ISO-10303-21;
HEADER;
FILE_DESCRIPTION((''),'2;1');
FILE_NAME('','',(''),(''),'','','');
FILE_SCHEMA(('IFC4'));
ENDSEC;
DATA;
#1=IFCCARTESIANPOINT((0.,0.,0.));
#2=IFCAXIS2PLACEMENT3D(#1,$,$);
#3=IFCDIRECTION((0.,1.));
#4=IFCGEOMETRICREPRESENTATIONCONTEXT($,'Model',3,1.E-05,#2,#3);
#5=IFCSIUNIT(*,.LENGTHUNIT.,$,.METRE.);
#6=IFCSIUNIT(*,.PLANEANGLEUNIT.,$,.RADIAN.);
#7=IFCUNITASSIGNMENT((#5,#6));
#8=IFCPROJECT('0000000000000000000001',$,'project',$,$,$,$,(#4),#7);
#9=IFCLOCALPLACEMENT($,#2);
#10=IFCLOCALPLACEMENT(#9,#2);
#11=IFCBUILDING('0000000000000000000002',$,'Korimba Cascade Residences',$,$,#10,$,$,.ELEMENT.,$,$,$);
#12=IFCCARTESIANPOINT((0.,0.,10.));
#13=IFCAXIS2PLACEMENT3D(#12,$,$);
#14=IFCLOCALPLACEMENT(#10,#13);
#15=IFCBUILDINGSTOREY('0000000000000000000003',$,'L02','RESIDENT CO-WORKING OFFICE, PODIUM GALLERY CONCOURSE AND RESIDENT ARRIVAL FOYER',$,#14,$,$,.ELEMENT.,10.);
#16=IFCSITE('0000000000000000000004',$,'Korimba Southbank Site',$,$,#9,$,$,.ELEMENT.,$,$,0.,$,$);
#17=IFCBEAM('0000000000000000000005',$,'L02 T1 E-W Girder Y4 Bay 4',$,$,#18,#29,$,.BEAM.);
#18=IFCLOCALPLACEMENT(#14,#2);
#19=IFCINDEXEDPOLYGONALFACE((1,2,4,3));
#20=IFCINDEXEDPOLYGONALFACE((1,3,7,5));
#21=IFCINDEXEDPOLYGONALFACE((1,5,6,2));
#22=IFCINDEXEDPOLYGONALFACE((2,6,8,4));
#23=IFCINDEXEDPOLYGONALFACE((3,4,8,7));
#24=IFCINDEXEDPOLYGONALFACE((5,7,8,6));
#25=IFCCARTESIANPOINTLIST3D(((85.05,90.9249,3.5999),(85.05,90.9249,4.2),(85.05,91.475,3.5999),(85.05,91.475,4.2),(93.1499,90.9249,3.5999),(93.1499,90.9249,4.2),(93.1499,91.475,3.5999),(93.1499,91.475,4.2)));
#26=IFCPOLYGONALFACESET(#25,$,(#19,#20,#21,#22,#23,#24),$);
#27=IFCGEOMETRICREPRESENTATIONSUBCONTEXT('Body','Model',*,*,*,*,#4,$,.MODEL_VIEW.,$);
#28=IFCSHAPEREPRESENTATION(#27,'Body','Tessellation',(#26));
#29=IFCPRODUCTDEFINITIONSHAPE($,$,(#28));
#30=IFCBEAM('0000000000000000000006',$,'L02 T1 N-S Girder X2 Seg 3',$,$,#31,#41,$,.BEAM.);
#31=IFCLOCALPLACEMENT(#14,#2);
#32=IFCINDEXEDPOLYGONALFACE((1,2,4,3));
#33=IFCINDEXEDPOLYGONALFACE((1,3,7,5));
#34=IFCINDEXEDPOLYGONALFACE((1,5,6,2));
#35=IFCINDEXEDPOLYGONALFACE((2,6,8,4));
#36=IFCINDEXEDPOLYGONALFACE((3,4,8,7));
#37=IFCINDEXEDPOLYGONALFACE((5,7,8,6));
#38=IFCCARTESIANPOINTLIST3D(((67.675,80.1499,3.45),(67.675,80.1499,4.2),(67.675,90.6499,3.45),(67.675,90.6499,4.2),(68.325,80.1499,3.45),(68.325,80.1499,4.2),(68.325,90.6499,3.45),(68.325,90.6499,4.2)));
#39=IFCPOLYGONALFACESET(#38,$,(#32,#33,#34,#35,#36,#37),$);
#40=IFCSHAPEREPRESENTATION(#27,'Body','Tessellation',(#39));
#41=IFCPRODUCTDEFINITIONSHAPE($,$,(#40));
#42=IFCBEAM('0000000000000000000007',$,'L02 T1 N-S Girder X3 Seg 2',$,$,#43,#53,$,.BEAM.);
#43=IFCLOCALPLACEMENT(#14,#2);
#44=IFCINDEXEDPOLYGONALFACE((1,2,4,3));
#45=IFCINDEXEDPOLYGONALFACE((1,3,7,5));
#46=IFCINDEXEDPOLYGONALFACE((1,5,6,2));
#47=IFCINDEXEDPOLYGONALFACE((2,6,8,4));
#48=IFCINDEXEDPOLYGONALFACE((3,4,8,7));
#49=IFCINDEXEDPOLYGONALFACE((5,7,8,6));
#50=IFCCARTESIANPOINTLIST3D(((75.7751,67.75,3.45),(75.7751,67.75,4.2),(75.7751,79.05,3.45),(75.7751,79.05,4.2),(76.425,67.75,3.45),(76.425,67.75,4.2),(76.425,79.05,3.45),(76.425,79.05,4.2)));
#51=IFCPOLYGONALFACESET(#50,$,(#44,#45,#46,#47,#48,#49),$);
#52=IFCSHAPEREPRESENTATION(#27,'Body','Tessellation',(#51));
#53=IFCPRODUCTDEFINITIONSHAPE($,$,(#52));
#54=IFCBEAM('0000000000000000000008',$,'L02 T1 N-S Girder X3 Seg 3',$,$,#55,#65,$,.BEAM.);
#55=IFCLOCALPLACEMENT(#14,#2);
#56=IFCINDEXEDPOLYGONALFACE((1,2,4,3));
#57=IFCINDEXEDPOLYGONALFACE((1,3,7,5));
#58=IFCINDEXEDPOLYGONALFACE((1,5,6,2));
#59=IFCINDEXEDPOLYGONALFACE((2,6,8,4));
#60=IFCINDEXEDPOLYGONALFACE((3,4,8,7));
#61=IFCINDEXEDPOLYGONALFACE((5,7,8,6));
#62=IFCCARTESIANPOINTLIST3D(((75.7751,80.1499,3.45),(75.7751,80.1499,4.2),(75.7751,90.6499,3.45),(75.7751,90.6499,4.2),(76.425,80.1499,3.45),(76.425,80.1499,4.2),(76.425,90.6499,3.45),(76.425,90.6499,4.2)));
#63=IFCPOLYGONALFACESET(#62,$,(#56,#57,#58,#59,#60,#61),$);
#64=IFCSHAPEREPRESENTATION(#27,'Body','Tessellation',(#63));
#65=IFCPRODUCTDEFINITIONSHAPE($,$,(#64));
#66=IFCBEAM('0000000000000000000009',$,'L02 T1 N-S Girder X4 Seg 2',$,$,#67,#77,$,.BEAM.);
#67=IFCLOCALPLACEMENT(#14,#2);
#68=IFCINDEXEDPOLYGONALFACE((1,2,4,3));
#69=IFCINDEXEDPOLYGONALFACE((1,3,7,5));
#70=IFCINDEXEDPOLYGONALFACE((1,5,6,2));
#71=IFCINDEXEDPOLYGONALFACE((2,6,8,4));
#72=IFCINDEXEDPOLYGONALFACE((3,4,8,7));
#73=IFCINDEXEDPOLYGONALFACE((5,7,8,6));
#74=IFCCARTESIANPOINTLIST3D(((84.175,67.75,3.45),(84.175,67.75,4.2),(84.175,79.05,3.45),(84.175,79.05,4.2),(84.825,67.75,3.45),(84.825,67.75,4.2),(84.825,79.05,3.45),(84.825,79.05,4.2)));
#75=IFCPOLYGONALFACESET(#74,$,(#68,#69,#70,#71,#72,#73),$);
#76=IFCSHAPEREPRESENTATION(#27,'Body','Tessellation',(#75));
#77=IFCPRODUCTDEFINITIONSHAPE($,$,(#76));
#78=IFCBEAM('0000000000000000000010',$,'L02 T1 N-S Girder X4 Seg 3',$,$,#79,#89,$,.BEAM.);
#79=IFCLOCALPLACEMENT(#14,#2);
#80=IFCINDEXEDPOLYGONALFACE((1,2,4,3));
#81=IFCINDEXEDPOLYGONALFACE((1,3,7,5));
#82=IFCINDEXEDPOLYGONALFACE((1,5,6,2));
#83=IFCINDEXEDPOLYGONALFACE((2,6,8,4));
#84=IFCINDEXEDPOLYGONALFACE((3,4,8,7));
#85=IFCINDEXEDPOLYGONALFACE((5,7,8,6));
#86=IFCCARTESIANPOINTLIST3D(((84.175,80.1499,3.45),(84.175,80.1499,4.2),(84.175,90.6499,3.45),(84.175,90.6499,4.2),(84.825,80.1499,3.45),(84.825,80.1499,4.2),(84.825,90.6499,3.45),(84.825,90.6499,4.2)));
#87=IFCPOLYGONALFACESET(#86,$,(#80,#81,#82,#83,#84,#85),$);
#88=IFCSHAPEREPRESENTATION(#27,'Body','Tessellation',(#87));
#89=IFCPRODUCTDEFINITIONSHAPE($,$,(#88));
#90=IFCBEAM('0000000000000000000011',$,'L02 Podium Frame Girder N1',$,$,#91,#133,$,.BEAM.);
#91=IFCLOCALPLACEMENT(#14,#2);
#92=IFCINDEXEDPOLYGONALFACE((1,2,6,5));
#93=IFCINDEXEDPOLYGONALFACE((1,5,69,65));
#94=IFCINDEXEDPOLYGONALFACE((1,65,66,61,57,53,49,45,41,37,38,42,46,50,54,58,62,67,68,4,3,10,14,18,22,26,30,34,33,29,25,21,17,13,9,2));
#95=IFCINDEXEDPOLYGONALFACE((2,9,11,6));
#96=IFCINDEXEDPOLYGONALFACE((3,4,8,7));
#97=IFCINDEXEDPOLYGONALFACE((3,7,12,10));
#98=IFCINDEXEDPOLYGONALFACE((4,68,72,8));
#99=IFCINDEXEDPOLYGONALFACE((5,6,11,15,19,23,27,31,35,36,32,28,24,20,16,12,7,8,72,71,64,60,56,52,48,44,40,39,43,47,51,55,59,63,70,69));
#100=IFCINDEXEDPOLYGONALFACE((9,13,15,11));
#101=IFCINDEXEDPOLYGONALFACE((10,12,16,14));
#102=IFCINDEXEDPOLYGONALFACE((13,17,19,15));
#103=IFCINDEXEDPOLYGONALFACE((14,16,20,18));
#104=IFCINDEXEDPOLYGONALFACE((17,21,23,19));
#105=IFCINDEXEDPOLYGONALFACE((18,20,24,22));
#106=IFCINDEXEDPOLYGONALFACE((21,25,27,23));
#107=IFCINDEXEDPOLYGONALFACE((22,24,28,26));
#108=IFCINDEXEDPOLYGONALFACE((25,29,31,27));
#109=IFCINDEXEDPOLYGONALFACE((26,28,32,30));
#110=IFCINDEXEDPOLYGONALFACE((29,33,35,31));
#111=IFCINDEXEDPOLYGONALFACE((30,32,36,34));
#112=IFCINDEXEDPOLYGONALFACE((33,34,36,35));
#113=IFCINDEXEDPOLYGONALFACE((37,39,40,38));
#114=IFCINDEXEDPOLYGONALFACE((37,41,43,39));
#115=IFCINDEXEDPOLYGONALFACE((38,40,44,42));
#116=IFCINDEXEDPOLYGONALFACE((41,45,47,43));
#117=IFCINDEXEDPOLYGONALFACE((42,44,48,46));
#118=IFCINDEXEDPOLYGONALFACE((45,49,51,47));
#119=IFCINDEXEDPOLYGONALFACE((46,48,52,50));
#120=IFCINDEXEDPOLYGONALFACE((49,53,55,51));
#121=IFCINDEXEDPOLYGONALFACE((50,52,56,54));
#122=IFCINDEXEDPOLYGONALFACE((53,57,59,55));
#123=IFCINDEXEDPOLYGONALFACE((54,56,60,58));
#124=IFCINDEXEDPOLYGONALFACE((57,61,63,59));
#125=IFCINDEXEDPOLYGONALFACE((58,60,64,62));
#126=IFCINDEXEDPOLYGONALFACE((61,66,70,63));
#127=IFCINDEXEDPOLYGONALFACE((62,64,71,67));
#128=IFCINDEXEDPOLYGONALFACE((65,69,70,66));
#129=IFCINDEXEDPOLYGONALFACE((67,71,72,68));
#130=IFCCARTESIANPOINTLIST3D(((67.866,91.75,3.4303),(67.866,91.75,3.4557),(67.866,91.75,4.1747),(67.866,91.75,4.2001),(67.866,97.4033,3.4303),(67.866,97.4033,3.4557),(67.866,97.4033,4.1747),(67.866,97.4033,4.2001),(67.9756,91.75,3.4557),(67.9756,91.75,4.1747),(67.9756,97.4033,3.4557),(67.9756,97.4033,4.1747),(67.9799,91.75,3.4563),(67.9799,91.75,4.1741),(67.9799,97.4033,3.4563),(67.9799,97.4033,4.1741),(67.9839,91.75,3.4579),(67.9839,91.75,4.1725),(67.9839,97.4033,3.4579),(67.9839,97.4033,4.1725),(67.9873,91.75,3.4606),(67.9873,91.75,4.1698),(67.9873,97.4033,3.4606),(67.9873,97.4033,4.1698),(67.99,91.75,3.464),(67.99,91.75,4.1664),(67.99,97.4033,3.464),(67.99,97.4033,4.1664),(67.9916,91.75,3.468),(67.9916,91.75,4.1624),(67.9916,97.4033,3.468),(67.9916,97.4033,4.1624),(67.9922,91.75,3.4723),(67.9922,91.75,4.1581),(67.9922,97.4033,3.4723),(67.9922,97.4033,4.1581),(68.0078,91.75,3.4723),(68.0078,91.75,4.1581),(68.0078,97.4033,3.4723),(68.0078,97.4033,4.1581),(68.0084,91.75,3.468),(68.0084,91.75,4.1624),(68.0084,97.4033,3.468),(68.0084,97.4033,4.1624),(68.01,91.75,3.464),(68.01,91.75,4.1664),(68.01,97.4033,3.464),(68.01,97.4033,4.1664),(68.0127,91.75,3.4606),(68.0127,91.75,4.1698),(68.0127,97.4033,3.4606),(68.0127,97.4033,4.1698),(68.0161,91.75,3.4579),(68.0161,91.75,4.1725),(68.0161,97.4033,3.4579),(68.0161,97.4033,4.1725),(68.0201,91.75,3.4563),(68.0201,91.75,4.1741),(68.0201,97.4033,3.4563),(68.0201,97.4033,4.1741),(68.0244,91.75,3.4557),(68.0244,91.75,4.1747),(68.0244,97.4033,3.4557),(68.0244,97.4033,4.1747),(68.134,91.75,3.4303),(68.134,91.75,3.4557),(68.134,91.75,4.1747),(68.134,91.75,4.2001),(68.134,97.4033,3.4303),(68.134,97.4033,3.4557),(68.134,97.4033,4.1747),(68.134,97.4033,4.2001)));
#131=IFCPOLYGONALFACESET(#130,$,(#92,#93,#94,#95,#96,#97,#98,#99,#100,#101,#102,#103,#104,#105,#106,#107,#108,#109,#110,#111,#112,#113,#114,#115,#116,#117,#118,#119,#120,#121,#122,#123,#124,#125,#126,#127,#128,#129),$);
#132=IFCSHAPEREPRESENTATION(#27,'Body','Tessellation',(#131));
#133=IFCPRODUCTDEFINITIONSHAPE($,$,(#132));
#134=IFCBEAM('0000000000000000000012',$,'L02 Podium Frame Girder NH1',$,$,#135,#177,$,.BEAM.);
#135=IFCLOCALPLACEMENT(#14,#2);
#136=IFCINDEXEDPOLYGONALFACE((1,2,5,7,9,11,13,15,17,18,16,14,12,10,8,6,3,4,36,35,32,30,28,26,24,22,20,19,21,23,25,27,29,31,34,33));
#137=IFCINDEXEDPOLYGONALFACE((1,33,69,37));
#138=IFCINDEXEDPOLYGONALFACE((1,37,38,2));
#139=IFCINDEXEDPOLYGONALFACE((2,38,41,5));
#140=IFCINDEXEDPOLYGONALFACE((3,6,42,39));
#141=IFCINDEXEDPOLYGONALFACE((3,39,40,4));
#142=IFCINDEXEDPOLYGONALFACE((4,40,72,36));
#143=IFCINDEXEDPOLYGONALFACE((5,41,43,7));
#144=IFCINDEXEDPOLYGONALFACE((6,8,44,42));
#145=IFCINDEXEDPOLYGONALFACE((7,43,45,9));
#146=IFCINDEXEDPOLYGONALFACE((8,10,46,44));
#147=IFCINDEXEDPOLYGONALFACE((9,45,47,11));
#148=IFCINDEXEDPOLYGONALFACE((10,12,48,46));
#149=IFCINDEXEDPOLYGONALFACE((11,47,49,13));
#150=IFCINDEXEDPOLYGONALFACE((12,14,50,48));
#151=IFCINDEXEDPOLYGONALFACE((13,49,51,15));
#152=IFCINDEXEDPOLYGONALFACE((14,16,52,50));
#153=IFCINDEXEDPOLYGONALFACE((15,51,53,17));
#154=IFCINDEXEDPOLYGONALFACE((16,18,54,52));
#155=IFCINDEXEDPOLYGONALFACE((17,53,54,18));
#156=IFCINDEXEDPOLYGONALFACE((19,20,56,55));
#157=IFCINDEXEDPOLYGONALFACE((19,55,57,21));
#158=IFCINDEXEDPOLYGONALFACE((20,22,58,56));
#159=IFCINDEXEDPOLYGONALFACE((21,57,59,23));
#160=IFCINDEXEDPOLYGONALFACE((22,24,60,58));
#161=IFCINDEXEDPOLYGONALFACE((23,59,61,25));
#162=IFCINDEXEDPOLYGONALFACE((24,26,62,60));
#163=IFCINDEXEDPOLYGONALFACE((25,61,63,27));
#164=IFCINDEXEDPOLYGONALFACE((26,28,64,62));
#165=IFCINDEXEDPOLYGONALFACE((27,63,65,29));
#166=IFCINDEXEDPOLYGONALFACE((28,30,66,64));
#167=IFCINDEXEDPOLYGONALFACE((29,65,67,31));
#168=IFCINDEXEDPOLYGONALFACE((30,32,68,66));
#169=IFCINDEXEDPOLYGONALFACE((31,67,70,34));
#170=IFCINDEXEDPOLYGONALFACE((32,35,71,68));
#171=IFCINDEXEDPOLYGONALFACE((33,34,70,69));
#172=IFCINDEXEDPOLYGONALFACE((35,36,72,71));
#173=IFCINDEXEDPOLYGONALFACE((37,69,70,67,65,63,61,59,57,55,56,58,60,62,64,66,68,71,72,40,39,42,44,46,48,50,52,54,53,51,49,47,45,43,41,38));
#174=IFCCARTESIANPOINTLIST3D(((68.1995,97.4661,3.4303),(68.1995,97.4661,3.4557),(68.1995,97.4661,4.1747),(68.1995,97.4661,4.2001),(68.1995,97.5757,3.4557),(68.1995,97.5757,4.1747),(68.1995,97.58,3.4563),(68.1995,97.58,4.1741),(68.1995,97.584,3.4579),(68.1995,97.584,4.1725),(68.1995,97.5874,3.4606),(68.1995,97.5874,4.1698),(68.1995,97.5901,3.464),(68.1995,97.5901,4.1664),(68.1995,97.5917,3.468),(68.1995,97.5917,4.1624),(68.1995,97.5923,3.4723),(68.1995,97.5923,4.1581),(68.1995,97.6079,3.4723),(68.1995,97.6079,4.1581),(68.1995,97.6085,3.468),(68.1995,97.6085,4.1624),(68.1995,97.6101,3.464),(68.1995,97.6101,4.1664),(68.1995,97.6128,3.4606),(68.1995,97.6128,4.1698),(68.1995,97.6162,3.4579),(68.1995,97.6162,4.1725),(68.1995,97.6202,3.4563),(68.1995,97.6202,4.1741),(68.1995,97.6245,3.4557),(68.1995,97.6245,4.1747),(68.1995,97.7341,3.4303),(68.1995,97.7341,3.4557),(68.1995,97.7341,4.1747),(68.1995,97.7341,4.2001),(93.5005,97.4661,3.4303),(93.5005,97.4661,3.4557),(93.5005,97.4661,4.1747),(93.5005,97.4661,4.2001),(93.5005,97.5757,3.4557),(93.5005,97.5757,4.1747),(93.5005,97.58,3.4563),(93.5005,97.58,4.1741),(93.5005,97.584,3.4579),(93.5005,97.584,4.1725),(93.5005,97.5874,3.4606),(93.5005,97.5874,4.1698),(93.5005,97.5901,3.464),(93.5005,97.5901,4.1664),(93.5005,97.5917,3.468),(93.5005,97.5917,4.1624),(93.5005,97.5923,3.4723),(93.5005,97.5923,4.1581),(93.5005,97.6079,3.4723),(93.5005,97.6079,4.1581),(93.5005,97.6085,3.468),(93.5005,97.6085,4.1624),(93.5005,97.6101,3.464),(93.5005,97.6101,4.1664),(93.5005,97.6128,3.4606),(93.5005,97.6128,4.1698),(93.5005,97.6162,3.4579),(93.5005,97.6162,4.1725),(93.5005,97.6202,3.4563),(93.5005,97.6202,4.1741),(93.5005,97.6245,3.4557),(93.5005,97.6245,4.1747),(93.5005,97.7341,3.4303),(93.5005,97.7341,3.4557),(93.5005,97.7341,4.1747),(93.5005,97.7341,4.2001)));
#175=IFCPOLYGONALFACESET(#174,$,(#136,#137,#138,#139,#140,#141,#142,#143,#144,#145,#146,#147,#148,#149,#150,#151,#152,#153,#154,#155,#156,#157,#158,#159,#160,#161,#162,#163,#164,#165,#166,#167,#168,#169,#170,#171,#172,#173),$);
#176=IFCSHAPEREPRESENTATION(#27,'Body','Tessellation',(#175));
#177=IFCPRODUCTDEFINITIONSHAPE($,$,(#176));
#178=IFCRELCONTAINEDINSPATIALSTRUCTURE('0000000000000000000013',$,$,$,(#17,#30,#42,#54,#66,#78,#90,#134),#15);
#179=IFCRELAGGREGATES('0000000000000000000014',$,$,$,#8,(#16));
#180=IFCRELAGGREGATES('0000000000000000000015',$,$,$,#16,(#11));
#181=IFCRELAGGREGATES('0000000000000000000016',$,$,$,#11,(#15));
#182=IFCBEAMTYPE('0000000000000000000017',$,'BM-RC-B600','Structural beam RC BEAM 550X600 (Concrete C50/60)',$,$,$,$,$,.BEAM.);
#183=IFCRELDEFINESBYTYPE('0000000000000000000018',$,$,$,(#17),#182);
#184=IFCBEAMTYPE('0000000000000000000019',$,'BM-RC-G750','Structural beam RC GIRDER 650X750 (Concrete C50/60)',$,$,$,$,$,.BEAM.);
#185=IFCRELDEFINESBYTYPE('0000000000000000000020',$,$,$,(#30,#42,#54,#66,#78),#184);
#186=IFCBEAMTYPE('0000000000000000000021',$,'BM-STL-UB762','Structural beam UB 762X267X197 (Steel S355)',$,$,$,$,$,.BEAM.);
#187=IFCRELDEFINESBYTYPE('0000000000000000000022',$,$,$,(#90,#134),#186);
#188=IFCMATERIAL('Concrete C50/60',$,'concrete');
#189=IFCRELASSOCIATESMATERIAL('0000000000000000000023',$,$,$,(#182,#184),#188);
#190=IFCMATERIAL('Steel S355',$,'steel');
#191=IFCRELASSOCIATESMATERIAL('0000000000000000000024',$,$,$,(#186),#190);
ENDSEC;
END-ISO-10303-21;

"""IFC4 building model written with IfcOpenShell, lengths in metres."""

from ifc_helpers import new_model, si_unit, direction, frame, origin, origin_2d, place, context, subcontext, project, spatial, rectangle, i_section, extrude, material, material_profile, profile_set, type_object, element, save


model = new_model("IFC4")

# Units and contexts
model_context = context("Model", 3, precision=1e-05, world=origin(), true_north=direction((0.0, 1.0)))
body_context = subcontext(model_context, "Body", "Model", "MODEL_VIEW")
ifc_project = project(units=[si_unit("LENGTHUNIT", "METRE"), si_unit("PLANEANGLEUNIT", "RADIAN")], contexts=[model_context])

# Site, building, storey
site_placement = place(None, origin())
site = spatial("IfcSite", under=ifc_project, at=site_placement, Name="Korimba Southbank Site", CompositionType="ELEMENT", RefElevation=0.0)
building_placement = place(site_placement, origin())
building = spatial("IfcBuilding", under=site, at=building_placement, Name="Korimba Cascade Residences", CompositionType="ELEMENT")
storey_placement = place(building_placement, frame((0.0, 0.0, 10.0)))
storey = spatial("IfcBuildingStorey", under=building, at=storey_placement, Name="L02", Description="RESIDENT CO-WORKING OFFICE, PODIUM GALLERY CONCOURSE AND RESIDENT ARRIVAL FOYER", CompositionType="ELEMENT", Elevation=10.0)

# Shared definitions
ifc_material_1 = material(Name="Steel S355", Category="steel")

# Beams
ifc_material_2 = material(Name="Concrete C50/60", Category="concrete")
ifc_material_profile_1 = material_profile(ifc_material_2, rectangle(XDim=0.55, YDim=0.6001, at=origin_2d()), Name="Concrete C50/60")
ifc_profile_set_1 = profile_set([ifc_material_profile_1], Name="Concrete C50/60")
beam_type_1 = type_object("IfcBeamType", Name="BM-RC-B600", Description="Structural beam RC BEAM 550X600 (Concrete C50/60)", PredefinedType="BEAM", material=ifc_profile_set_1)
beam_1_placement = place(storey_placement, frame((85.05, 91.2, 3.8999), z_axis=(1.0, 0.0, 0.0), x_axis=(0.0, 1.0, 0.0)))
element("IfcBeam", 1, at=beam_1_placement, inside=storey, type_object=beam_type_1, Name="L02 T1 E-W Girder Y4 Bay 4", PredefinedType="BEAM", context=body_context, shape_type="SweptSolid", body=[
    extrude(rectangle(XDim=0.55, YDim=0.6001, at=origin_2d()), origin(), (0.0, 0.0, 1.0), 8.0999),
])
ifc_material_profile_2 = material_profile(ifc_material_2, rectangle(XDim=0.6499, YDim=0.75, at=origin_2d()), Name="Concrete C50/60")
ifc_profile_set_2 = profile_set([ifc_material_profile_2], Name="Concrete C50/60")
beam_type_2 = type_object("IfcBeamType", Name="BM-RC-G750", Description="Structural beam RC GIRDER 650X750 (Concrete C50/60)", PredefinedType="BEAM", material=ifc_profile_set_2)
beam_2_placement = place(storey_placement, frame((68.0, 80.1499, 3.825), z_axis=(0.0, 1.0, 0.0), x_axis=(-1.0, 0.0, 0.0)))
element("IfcBeam", 2, at=beam_2_placement, inside=storey, type_object=beam_type_2, Name="L02 T1 N-S Girder X2 Seg 3", PredefinedType="BEAM", context=body_context, shape_type="SweptSolid", body=[
    extrude(rectangle(XDim=0.6499, YDim=0.75, at=origin_2d()), origin(), (0.0, 0.0, 1.0), 10.5),
])
beam_3_placement = place(storey_placement, frame((76.1001, 67.75, 3.825), z_axis=(0.0, 1.0, 0.0), x_axis=(-1.0, 0.0, 0.0)))
element("IfcBeam", 3, at=beam_3_placement, inside=storey, type_object=beam_type_2, Name="L02 T1 N-S Girder X3 Seg 2", PredefinedType="BEAM", context=body_context, shape_type="SweptSolid", body=[
    extrude(rectangle(XDim=0.6499, YDim=0.75, at=origin_2d()), origin(), (0.0, 0.0, 1.0), 11.3),
])
beam_4_placement = place(storey_placement, frame((76.1001, 80.1499, 3.825), z_axis=(0.0, 1.0, 0.0), x_axis=(-1.0, 0.0, 0.0)))
element("IfcBeam", 4, at=beam_4_placement, inside=storey, type_object=beam_type_2, Name="L02 T1 N-S Girder X3 Seg 3", PredefinedType="BEAM", context=body_context, shape_type="SweptSolid", body=[
    extrude(rectangle(XDim=0.6499, YDim=0.75, at=origin_2d()), origin(), (0.0, 0.0, 1.0), 10.5),
])
beam_5_placement = place(storey_placement, frame((84.5, 67.75, 3.825), z_axis=(0.0, 1.0, 0.0), x_axis=(-1.0, 0.0, 0.0)))
element("IfcBeam", 5, at=beam_5_placement, inside=storey, type_object=beam_type_2, Name="L02 T1 N-S Girder X4 Seg 2", PredefinedType="BEAM", context=body_context, shape_type="SweptSolid", body=[
    extrude(rectangle(XDim=0.6499, YDim=0.75, at=origin_2d()), origin(), (0.0, 0.0, 1.0), 11.3),
])
beam_6_placement = place(storey_placement, frame((84.5, 80.1499, 3.825), z_axis=(0.0, 1.0, 0.0), x_axis=(-1.0, 0.0, 0.0)))
element("IfcBeam", 6, at=beam_6_placement, inside=storey, type_object=beam_type_2, Name="L02 T1 N-S Girder X4 Seg 3", PredefinedType="BEAM", context=body_context, shape_type="SweptSolid", body=[
    extrude(rectangle(XDim=0.6499, YDim=0.75, at=origin_2d()), origin(), (0.0, 0.0, 1.0), 10.5),
])
ifc_material_profile_3 = material_profile(ifc_material_1, i_section(OverallWidth=0.2681, OverallDepth=0.7698, WebThickness=0.0156, FlangeThickness=0.0254, FilletRadius=0.0166, at=origin_2d()), Name="Steel S355")
ifc_profile_set_3 = profile_set([ifc_material_profile_3], Name="Steel S355")
beam_type_3 = type_object("IfcBeamType", Name="BM-STL-UB762", Description="Structural beam UB 762X267X197 (Steel S355)", PredefinedType="BEAM", material=ifc_profile_set_3)
beam_7_placement = place(storey_placement, frame((68.0, 91.75, 3.8152), z_axis=(0.0, 1.0, 0.0), x_axis=(-1.0, 0.0, 0.0)))
element("IfcBeam", 7, at=beam_7_placement, inside=storey, type_object=beam_type_3, Name="L02 Podium Frame Girder N1", PredefinedType="BEAM", context=body_context, shape_type="SweptSolid", body=[
    extrude(i_section(OverallWidth=0.2681, OverallDepth=0.7698, WebThickness=0.0156, FlangeThickness=0.0254, FilletRadius=0.0166, at=origin_2d()), origin(), (0.0, 0.0, 1.0), 5.6533),
])
beam_8_placement = place(storey_placement, frame((68.1995, 97.6001, 3.8152), z_axis=(1.0, 0.0, 0.0), x_axis=(0.0, 1.0, 0.0)))
element("IfcBeam", 8, at=beam_8_placement, inside=storey, type_object=beam_type_3, Name="L02 Podium Frame Girder NH1", PredefinedType="BEAM", context=body_context, shape_type="SweptSolid", body=[
    extrude(i_section(OverallWidth=0.2681, OverallDepth=0.7698, WebThickness=0.0156, FlangeThickness=0.0254, FilletRadius=0.0166, at=origin_2d()), origin(), (0.0, 0.0, 1.0), 25.301),
])

save(model, "model.ifc")
